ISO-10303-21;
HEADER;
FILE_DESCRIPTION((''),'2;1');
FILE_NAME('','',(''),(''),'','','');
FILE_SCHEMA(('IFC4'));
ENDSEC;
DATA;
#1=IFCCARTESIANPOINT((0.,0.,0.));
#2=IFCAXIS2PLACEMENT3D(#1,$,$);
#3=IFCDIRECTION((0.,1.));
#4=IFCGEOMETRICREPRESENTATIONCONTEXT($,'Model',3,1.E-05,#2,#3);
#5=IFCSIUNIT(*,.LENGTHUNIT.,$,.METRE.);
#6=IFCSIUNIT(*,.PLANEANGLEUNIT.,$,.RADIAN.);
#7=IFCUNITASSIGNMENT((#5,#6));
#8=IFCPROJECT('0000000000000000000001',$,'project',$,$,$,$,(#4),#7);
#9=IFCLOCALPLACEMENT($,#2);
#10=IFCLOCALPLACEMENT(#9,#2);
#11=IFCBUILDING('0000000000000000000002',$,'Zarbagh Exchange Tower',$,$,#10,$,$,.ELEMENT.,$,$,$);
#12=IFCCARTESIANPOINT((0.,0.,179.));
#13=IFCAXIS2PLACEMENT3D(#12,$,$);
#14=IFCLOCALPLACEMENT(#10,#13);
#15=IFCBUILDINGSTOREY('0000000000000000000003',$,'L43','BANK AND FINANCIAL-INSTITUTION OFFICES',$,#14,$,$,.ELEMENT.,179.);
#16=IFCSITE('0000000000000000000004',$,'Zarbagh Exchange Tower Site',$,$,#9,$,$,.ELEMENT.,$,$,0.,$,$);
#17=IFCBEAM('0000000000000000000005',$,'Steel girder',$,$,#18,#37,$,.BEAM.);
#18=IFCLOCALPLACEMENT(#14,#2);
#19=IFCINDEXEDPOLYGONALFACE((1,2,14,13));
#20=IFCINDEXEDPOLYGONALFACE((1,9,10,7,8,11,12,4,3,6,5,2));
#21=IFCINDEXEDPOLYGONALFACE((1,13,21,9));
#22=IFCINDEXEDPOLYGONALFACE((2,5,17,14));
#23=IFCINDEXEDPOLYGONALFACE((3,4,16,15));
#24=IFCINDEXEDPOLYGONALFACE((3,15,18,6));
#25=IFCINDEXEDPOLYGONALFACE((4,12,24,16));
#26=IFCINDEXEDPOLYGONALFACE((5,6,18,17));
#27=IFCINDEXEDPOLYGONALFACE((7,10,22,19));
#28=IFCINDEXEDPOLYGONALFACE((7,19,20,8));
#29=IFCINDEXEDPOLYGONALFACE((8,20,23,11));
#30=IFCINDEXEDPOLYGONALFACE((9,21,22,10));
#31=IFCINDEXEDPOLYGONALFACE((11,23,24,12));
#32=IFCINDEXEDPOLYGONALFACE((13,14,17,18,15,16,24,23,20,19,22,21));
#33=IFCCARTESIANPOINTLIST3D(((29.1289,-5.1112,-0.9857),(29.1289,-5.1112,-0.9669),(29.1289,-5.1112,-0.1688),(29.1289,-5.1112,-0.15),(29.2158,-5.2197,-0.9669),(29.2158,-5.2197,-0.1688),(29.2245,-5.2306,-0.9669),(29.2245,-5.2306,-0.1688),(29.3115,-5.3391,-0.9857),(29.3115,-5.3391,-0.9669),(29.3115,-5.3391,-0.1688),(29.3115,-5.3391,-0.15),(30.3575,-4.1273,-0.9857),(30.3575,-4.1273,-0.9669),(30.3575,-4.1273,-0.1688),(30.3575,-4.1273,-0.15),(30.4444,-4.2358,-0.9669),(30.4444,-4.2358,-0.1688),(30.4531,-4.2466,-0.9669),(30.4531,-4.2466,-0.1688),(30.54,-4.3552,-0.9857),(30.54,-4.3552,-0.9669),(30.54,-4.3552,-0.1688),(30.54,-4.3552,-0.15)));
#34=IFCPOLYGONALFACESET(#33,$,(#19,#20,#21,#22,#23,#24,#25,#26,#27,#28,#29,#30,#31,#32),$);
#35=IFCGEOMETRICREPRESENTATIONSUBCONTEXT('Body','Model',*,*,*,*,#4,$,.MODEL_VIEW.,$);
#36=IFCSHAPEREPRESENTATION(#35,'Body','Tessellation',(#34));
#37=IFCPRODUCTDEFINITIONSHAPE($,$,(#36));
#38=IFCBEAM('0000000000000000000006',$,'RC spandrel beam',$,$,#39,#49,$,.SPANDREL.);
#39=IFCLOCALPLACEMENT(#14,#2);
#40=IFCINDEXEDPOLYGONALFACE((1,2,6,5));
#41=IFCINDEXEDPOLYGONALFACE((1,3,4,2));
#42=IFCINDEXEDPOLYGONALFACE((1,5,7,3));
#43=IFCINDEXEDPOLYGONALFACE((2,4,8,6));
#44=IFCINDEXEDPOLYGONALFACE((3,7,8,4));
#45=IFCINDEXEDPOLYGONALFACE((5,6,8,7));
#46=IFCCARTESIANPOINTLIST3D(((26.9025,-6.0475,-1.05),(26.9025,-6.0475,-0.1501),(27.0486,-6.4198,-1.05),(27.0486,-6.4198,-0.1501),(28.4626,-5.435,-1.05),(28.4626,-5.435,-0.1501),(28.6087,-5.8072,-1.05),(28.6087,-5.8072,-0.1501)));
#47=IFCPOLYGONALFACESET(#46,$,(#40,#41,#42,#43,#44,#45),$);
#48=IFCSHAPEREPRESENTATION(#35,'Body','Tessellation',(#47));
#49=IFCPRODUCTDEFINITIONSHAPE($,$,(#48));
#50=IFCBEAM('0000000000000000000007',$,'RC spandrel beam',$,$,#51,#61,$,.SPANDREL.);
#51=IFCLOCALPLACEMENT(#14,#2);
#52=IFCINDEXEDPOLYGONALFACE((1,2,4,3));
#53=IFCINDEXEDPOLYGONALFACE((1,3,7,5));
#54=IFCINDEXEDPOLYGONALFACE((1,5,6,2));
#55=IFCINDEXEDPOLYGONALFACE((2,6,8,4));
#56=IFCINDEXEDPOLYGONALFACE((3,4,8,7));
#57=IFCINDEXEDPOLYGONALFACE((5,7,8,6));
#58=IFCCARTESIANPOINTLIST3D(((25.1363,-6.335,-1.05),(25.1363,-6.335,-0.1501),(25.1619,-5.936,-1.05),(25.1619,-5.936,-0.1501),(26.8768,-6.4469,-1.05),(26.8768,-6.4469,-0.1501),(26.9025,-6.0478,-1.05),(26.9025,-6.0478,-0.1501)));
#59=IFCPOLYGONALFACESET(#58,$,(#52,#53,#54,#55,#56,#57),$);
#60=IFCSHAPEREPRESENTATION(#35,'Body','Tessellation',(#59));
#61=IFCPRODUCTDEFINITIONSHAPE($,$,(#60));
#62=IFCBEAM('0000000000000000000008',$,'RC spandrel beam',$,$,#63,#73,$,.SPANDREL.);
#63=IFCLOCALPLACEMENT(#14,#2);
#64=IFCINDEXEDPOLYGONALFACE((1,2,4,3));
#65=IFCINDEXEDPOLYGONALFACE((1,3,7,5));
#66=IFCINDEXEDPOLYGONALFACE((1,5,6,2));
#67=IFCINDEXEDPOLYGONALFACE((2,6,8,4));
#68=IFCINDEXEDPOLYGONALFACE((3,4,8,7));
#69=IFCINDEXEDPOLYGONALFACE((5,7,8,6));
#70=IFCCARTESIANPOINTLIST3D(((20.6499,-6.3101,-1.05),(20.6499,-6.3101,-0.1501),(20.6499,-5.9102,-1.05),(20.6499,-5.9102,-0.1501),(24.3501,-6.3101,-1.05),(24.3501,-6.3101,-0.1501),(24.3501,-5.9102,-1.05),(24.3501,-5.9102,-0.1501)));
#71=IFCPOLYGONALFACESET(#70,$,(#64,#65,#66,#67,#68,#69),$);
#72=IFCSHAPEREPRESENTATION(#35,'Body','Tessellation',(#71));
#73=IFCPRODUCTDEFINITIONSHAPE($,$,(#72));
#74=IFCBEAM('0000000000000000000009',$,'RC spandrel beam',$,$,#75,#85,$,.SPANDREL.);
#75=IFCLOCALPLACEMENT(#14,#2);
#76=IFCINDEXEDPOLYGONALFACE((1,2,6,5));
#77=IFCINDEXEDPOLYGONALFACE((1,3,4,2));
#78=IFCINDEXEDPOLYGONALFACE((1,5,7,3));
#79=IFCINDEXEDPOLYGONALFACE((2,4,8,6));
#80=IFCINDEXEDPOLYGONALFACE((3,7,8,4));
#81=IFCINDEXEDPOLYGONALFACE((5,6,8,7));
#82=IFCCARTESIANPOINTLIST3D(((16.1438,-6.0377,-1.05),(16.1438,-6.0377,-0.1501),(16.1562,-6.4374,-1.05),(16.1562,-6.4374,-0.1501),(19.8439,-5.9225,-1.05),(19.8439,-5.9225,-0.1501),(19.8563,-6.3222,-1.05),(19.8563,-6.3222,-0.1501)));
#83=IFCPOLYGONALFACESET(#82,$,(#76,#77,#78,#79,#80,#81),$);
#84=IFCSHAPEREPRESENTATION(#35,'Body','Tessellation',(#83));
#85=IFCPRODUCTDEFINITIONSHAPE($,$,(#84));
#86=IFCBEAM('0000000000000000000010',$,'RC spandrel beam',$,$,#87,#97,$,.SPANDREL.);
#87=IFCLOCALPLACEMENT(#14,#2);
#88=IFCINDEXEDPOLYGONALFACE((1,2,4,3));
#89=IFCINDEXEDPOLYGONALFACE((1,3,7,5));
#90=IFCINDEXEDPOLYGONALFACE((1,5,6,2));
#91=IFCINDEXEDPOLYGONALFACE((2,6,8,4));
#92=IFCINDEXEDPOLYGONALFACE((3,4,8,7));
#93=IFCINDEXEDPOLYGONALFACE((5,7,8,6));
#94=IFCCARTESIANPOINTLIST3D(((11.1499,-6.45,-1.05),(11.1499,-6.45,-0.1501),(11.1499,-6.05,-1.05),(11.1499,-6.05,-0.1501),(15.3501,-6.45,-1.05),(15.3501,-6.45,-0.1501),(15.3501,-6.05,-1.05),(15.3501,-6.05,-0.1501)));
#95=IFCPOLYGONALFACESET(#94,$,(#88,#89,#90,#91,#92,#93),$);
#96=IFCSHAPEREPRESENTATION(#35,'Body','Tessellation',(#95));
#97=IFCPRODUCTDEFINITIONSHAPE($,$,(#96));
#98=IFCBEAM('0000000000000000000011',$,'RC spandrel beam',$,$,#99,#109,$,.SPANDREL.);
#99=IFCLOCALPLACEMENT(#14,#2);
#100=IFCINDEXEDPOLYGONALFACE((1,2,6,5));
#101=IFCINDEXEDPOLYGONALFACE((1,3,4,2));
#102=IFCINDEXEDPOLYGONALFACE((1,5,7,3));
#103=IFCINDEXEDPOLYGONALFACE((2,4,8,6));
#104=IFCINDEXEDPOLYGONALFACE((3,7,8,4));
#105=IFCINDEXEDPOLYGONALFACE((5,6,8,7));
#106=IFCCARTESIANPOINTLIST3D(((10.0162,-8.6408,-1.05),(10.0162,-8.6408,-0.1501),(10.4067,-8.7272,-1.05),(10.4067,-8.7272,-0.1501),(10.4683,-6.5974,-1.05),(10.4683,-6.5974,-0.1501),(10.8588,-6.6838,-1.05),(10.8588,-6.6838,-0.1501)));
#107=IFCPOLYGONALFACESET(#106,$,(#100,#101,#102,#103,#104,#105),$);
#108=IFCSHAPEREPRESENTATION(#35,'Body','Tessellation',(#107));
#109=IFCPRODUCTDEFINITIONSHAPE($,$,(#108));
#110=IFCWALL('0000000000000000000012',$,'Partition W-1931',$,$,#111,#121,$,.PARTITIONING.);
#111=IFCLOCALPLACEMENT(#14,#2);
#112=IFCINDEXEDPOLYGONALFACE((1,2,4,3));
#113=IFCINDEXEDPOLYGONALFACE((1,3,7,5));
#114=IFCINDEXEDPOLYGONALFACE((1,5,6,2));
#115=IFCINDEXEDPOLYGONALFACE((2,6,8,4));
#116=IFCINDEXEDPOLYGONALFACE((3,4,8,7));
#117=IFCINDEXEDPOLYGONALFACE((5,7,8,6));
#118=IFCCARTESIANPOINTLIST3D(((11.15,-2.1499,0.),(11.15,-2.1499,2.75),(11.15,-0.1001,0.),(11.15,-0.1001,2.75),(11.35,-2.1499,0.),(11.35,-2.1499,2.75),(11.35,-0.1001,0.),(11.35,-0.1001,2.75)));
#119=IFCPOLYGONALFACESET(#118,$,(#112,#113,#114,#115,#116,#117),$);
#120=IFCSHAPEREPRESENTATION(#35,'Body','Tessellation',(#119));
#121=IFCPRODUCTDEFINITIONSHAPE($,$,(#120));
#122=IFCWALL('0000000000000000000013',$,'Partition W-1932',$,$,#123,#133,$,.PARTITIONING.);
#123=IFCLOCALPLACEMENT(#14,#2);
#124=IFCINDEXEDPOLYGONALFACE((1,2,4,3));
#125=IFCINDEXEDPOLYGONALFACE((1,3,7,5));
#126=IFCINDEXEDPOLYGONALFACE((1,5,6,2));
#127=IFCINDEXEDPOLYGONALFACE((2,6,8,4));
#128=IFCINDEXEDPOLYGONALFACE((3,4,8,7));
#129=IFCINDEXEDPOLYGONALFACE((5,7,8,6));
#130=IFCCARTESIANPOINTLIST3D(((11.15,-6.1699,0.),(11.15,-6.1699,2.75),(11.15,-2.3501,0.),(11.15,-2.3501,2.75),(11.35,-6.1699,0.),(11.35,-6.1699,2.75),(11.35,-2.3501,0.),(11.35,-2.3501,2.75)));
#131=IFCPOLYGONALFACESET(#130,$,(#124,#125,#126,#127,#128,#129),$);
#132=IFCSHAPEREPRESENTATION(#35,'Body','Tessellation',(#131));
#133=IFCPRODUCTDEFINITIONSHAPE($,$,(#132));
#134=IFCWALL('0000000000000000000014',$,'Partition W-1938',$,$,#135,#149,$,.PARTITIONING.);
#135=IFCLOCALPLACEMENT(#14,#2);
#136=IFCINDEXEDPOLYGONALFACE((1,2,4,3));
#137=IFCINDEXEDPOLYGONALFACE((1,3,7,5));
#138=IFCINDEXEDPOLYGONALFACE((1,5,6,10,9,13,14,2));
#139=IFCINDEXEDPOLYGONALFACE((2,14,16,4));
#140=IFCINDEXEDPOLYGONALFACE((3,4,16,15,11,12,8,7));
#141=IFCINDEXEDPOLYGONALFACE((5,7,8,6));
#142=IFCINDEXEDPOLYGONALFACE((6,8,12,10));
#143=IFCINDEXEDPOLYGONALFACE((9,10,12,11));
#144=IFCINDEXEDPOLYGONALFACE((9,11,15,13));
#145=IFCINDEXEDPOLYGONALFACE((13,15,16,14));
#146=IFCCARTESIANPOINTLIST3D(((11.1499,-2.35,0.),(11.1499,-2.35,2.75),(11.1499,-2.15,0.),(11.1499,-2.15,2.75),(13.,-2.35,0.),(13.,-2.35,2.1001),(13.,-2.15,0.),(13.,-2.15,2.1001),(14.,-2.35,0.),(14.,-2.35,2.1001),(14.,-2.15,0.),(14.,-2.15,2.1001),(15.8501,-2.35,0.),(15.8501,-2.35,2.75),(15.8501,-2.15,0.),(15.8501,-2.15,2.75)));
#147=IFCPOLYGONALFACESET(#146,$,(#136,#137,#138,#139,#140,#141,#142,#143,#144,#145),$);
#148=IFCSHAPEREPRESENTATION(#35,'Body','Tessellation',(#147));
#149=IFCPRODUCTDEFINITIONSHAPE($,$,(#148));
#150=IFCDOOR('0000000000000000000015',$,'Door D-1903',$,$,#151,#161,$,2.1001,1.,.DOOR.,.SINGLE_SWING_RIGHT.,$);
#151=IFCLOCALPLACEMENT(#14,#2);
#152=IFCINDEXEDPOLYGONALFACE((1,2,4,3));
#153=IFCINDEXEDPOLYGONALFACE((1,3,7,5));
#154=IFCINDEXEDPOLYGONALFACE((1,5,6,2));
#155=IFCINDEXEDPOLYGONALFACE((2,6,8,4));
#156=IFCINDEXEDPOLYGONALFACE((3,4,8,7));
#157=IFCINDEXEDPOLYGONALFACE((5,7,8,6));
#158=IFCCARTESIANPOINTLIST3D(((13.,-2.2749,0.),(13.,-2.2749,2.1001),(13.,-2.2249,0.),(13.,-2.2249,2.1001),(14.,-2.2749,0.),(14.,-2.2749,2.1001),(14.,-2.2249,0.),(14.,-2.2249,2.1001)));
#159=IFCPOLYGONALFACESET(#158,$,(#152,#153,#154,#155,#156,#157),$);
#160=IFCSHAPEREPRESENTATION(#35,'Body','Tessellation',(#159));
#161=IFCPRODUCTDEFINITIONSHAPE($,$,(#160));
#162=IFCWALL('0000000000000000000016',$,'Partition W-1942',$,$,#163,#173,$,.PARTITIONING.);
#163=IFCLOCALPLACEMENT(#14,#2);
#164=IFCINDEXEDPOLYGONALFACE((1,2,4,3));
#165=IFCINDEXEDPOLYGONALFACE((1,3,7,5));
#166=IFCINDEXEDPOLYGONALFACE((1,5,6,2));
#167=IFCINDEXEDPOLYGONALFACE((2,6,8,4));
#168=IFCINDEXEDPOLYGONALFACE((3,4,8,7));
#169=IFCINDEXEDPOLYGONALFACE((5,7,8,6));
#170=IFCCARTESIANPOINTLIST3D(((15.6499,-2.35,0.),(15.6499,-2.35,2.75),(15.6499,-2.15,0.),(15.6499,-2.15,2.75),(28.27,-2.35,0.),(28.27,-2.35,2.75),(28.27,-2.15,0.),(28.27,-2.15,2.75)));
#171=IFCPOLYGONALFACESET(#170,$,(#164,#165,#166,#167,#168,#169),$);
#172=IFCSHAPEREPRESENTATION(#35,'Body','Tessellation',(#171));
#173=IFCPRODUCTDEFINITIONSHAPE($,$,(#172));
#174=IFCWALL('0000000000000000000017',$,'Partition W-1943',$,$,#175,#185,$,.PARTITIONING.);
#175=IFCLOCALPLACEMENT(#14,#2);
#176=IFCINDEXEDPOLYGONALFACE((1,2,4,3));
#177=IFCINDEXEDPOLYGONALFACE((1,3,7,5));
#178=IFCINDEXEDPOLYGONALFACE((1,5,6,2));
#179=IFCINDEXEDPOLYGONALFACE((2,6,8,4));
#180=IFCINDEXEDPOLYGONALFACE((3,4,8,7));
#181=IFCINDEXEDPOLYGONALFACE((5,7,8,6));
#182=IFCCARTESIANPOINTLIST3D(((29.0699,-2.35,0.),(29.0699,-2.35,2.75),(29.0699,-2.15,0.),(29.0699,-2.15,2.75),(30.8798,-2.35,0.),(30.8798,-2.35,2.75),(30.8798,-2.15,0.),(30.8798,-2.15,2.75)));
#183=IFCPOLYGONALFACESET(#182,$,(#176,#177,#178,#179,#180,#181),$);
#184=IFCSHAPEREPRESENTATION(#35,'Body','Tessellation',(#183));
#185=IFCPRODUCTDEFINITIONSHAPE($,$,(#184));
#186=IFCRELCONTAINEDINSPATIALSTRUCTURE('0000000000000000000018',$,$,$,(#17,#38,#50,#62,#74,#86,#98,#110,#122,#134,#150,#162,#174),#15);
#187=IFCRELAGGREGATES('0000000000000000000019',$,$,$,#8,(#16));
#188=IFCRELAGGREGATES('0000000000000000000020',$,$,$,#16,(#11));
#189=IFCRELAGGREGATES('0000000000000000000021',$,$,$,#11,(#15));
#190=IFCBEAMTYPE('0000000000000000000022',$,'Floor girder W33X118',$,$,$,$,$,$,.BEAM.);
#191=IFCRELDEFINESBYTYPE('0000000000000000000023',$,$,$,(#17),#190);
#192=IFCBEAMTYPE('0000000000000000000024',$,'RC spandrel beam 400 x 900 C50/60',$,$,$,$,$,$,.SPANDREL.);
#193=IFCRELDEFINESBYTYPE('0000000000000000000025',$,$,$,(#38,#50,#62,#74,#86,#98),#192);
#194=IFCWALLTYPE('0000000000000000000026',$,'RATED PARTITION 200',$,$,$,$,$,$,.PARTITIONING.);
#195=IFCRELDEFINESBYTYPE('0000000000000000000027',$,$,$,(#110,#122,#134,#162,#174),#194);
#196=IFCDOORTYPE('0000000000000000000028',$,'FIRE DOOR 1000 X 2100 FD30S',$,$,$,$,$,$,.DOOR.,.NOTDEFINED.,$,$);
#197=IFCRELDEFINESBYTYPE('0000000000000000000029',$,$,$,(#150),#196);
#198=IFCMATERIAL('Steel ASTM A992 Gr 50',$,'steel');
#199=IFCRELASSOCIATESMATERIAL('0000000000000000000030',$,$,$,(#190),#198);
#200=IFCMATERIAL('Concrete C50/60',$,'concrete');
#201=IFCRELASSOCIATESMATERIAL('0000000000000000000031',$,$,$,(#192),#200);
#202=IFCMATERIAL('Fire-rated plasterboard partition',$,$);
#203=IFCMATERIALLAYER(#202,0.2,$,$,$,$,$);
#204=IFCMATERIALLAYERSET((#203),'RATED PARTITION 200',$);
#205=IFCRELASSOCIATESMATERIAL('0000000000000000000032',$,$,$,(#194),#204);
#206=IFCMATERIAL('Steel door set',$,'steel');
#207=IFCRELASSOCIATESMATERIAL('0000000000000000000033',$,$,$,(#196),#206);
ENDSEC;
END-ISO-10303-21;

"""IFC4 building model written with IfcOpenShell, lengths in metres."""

from ifc_helpers import new_model, si_unit, direction, frame, frame_2d, origin, origin_2d, place, context, subcontext, project, spatial, rectangle, i_section, extrude, material, layer, layer_set, material_profile, profile_set, type_object, element, fill, save


model = new_model("IFC4")

# Units and contexts
model_context = context("Model", 3, precision=1e-05, world=origin(), true_north=direction((0.0, 1.0)))
body_context = subcontext(model_context, "Body", "Model", "MODEL_VIEW")
ifc_project = project(units=[si_unit("LENGTHUNIT", "METRE"), si_unit("PLANEANGLEUNIT", "RADIAN")], contexts=[model_context])

# Site, building, storey
site_placement = place(None, origin())
site = spatial("IfcSite", under=ifc_project, at=site_placement, Name="Zarbagh Exchange Tower Site", CompositionType="ELEMENT", RefElevation=0.0)
building_placement = place(site_placement, origin())
building = spatial("IfcBuilding", under=site, at=building_placement, Name="Zarbagh Exchange Tower", CompositionType="ELEMENT")
storey_placement = place(building_placement, frame((0.0, 0.0, 179.0)))
storey = spatial("IfcBuildingStorey", under=building, at=storey_placement, Name="L43", Description="BANK AND FINANCIAL-INSTITUTION OFFICES", CompositionType="ELEMENT", Elevation=179.0)

# Shared definitions
ifc_material_1 = material(Name="Concrete C50/60", Category="concrete")

# Beams
ifc_material_2 = material(Name="Steel ASTM A992 Gr 50", Category="steel")
ifc_material_profile_1 = material_profile(ifc_material_2, i_section(OverallWidth=0.292, OverallDepth=0.8357, WebThickness=0.0139, FlangeThickness=0.0188, at=origin_2d()), Name="W33X118")
ifc_profile_set_1 = profile_set([ifc_material_profile_1], Name="Steel ASTM A992 Gr 50")
beam_type_1 = type_object("IfcBeamType", Name="Floor girder W33X118", PredefinedType="BEAM", material=ifc_profile_set_1)
beam_1_placement = place(storey_placement, frame((30.4487, -4.2412, -0.5679), z_axis=(-0.780536, -0.625111, 0.0), x_axis=(0.625111, -0.780536, 0.0)))
element("IfcBeam", 1, at=beam_1_placement, inside=storey, type_object=beam_type_1, Name="Steel girder", PredefinedType="BEAM", context=body_context, shape_type="SweptSolid", body=[
    extrude(i_section(OverallWidth=0.292, OverallDepth=0.8357, WebThickness=0.0139, FlangeThickness=0.0188, at=origin_2d()), origin(), (0.0, 0.0, 1.0), 1.574),
])
ifc_material_profile_2 = material_profile(ifc_material_1, rectangle(XDim=0.3999, YDim=0.8999, at=origin_2d()), Name="RC spandrel beam 400 x 900 C50/60")
ifc_profile_set_2 = profile_set([ifc_material_profile_2], Name="Concrete C50/60")
beam_type_2 = type_object("IfcBeamType", Name="RC spandrel beam 400 x 900 C50/60", PredefinedType="SPANDREL", material=ifc_profile_set_2)
beam_2_placement = place(storey_placement, frame((28.5356, -5.6211, -0.6001), z_axis=(-0.930819, -0.365481, 0.0), x_axis=(0.365481, -0.930819, 0.0)))
element("IfcBeam", 2, at=beam_2_placement, inside=storey, type_object=beam_type_2, Name="RC spandrel beam", PredefinedType="SPANDREL", context=body_context, shape_type="SweptSolid", body=[
    extrude(rectangle(XDim=0.3999, YDim=0.8999, at=origin_2d()), origin(), (0.0, 0.0, 1.0), 1.676),
])
beam_3_placement = place(storey_placement, frame((26.8896, -6.2473, -0.6001), z_axis=(-0.997943, 0.064112, 0.0), x_axis=(-0.064112, -0.997943, 0.0)))
element("IfcBeam", 3, at=beam_3_placement, inside=storey, type_object=beam_type_2, Name="RC spandrel beam", PredefinedType="SPANDREL", context=body_context, shape_type="SweptSolid", body=[
    extrude(rectangle(XDim=0.3999, YDim=0.8999, at=origin_2d()), origin(), (0.0, 0.0, 1.0), 1.7441),
])
beam_4_placement = place(storey_placement, frame((24.3501, -6.1101, -0.6001), z_axis=(-1.0, 0.0, 0.0), x_axis=(0.0, -1.0, 0.0)))
element("IfcBeam", 4, at=beam_4_placement, inside=storey, type_object=beam_type_2, Name="RC spandrel beam", PredefinedType="SPANDREL", context=body_context, shape_type="SweptSolid", body=[
    extrude(rectangle(XDim=0.3999, YDim=0.8999, at=origin_2d()), origin(), (0.0, 0.0, 1.0), 3.7002),
])
beam_5_placement = place(storey_placement, frame((19.8501, -6.1223, -0.6001), z_axis=(-0.999515, -0.031128, 0.0), x_axis=(0.031128, -0.999515, 0.0)))
element("IfcBeam", 5, at=beam_5_placement, inside=storey, type_object=beam_type_2, Name="RC spandrel beam", PredefinedType="SPANDREL", context=body_context, shape_type="SweptSolid", body=[
    extrude(rectangle(XDim=0.3999, YDim=0.8999, at=origin_2d()), origin(), (0.0, 0.0, 1.0), 3.7019),
])
beam_6_placement = place(storey_placement, frame((15.3501, -6.25, -0.6001), z_axis=(-1.0, 0.0, 0.0), x_axis=(0.0, -1.0, 0.0)))
element("IfcBeam", 6, at=beam_6_placement, inside=storey, type_object=beam_type_2, Name="RC spandrel beam", PredefinedType="SPANDREL", context=body_context, shape_type="SweptSolid", body=[
    extrude(rectangle(XDim=0.3999, YDim=0.8999, at=origin_2d()), origin(), (0.0, 0.0, 1.0), 4.2002),
])
beam_7_placement = place(storey_placement, frame((10.6636, -6.6406, -0.6001), z_axis=(-0.216041, -0.976384, 0.0), x_axis=(0.976384, -0.216041, 0.0)))
element("IfcBeam", 7, at=beam_7_placement, inside=storey, type_object=beam_type_2, Name="RC spandrel beam", PredefinedType="SPANDREL", context=body_context, shape_type="SweptSolid", body=[
    extrude(rectangle(XDim=0.3999, YDim=0.8999, at=origin_2d()), origin(), (0.0, 0.0, 1.0), 2.0928),
])

# Walls
ifc_material_3 = material(Name="Fire-rated plasterboard partition")
ifc_layer = layer(ifc_material_3, 0.2)
ifc_layer_set = layer_set([ifc_layer], Name="RATED PARTITION 200")
wall_type = type_object("IfcWallType", Name="RATED PARTITION 200", PredefinedType="PARTITIONING", material=ifc_layer_set)
wall_1_placement = place(storey_placement, frame((11.25, -2.1499, 0.0), z_axis=(0.0, 0.0, 1.0), x_axis=(0.0, 1.0, 0.0)))
element("IfcWall", 8, at=wall_1_placement, inside=storey, type_object=wall_type, Name="Partition W-1931", PredefinedType="PARTITIONING", context=body_context, shape_type="SweptSolid", body=[
    extrude(rectangle(XDim=2.0498, YDim=0.2, at=frame_2d((1.0249, 0.0))), origin(), (0.0, 0.0, 1.0), 2.75),
])
wall_2_placement = place(storey_placement, frame((11.25, -6.1699, 0.0), z_axis=(0.0, 0.0, 1.0), x_axis=(0.0, 1.0, 0.0)))
element("IfcWall", 9, at=wall_2_placement, inside=storey, type_object=wall_type, Name="Partition W-1932", PredefinedType="PARTITIONING", context=body_context, shape_type="SweptSolid", body=[
    extrude(rectangle(XDim=3.8198, YDim=0.2, at=frame_2d((1.9099, 0.0))), origin(), (0.0, 0.0, 1.0), 2.75),
])

# Wall, opening, door
wall_3_placement = place(storey_placement, frame((15.8501, -2.25, 0.0), z_axis=(0.0, 0.0, 1.0), x_axis=(-1.0, 0.0, 0.0)))
wall_3 = element("IfcWall", 10, at=wall_3_placement, inside=storey, type_object=wall_type, Name="Partition W-1938", PredefinedType="PARTITIONING", context=body_context, shape_type="SweptSolid", body=[
    extrude(rectangle(XDim=4.7002, YDim=0.2, at=frame_2d((2.3501, 0.0))), origin(), (0.0, 0.0, 1.0), 2.75),
])
opening_placement = place(wall_3_placement, frame((1.8501, 0.0, 0.0)))
opening = element("IfcOpeningElement", 11, at=opening_placement, cuts=wall_3, PredefinedType="OPENING", context=body_context, shape_type="SweptSolid", body=[
    extrude(rectangle(XDim=1.0, YDim=2.1001, at=frame_2d((0.5, 1.05))), frame((0.0, 0.1099, 0.0), z_axis=(0.0, -1.0, 0.0), x_axis=(1.0, 0.0, 0.0)), (0.0, 0.0, 1.0), 0.22),
])
ifc_material_4 = material(Name="Steel door set", Category="steel")
door_type = type_object("IfcDoorType", Name="FIRE DOOR 1000 X 2100 FD30S", OperationType="NOTDEFINED", PredefinedType="DOOR", material=ifc_material_4)
door_placement = place(opening_placement, origin())
door = element("IfcDoor", 12, at=door_placement, inside=storey, type_object=door_type, Name="Door D-1903", OperationType="SINGLE_SWING_RIGHT", OverallHeight=2.1001, OverallWidth=1.0, PredefinedType="DOOR", context=body_context, shape_type="SweptSolid", body=[
    extrude(rectangle(XDim=1.0, YDim=2.1001, at=frame_2d((0.5, 1.05))), frame((0.0, 0.0249, 0.0), z_axis=(0.0, -1.0, 0.0), x_axis=(1.0, 0.0, 0.0)), (0.0, 0.0, 1.0), 0.05),
])
fill(opening, door)

# Walls
wall_4_placement = place(storey_placement, frame((15.6499, -2.25, 0.0), z_axis=(0.0, 0.0, 1.0), x_axis=(1.0, 0.0, 0.0)))
element("IfcWall", 13, at=wall_4_placement, inside=storey, type_object=wall_type, Name="Partition W-1942", PredefinedType="PARTITIONING", context=body_context, shape_type="SweptSolid", body=[
    extrude(rectangle(XDim=12.6201, YDim=0.2, at=frame_2d((6.3101, 0.0))), origin(), (0.0, 0.0, 1.0), 2.75),
])
wall_5_placement = place(storey_placement, frame((29.0701, -2.25, 0.0), z_axis=(0.0, 0.0, 1.0), x_axis=(1.0, 0.0, 0.0)))
element("IfcWall", 14, at=wall_5_placement, inside=storey, type_object=wall_type, Name="Partition W-1943", PredefinedType="PARTITIONING", context=body_context, shape_type="SweptSolid", body=[
    extrude(rectangle(XDim=1.8098, YDim=0.2, at=frame_2d((0.9048, 0.0))), origin(), (0.0, 0.0, 1.0), 2.75),
])

save(model, "model.ifc")
